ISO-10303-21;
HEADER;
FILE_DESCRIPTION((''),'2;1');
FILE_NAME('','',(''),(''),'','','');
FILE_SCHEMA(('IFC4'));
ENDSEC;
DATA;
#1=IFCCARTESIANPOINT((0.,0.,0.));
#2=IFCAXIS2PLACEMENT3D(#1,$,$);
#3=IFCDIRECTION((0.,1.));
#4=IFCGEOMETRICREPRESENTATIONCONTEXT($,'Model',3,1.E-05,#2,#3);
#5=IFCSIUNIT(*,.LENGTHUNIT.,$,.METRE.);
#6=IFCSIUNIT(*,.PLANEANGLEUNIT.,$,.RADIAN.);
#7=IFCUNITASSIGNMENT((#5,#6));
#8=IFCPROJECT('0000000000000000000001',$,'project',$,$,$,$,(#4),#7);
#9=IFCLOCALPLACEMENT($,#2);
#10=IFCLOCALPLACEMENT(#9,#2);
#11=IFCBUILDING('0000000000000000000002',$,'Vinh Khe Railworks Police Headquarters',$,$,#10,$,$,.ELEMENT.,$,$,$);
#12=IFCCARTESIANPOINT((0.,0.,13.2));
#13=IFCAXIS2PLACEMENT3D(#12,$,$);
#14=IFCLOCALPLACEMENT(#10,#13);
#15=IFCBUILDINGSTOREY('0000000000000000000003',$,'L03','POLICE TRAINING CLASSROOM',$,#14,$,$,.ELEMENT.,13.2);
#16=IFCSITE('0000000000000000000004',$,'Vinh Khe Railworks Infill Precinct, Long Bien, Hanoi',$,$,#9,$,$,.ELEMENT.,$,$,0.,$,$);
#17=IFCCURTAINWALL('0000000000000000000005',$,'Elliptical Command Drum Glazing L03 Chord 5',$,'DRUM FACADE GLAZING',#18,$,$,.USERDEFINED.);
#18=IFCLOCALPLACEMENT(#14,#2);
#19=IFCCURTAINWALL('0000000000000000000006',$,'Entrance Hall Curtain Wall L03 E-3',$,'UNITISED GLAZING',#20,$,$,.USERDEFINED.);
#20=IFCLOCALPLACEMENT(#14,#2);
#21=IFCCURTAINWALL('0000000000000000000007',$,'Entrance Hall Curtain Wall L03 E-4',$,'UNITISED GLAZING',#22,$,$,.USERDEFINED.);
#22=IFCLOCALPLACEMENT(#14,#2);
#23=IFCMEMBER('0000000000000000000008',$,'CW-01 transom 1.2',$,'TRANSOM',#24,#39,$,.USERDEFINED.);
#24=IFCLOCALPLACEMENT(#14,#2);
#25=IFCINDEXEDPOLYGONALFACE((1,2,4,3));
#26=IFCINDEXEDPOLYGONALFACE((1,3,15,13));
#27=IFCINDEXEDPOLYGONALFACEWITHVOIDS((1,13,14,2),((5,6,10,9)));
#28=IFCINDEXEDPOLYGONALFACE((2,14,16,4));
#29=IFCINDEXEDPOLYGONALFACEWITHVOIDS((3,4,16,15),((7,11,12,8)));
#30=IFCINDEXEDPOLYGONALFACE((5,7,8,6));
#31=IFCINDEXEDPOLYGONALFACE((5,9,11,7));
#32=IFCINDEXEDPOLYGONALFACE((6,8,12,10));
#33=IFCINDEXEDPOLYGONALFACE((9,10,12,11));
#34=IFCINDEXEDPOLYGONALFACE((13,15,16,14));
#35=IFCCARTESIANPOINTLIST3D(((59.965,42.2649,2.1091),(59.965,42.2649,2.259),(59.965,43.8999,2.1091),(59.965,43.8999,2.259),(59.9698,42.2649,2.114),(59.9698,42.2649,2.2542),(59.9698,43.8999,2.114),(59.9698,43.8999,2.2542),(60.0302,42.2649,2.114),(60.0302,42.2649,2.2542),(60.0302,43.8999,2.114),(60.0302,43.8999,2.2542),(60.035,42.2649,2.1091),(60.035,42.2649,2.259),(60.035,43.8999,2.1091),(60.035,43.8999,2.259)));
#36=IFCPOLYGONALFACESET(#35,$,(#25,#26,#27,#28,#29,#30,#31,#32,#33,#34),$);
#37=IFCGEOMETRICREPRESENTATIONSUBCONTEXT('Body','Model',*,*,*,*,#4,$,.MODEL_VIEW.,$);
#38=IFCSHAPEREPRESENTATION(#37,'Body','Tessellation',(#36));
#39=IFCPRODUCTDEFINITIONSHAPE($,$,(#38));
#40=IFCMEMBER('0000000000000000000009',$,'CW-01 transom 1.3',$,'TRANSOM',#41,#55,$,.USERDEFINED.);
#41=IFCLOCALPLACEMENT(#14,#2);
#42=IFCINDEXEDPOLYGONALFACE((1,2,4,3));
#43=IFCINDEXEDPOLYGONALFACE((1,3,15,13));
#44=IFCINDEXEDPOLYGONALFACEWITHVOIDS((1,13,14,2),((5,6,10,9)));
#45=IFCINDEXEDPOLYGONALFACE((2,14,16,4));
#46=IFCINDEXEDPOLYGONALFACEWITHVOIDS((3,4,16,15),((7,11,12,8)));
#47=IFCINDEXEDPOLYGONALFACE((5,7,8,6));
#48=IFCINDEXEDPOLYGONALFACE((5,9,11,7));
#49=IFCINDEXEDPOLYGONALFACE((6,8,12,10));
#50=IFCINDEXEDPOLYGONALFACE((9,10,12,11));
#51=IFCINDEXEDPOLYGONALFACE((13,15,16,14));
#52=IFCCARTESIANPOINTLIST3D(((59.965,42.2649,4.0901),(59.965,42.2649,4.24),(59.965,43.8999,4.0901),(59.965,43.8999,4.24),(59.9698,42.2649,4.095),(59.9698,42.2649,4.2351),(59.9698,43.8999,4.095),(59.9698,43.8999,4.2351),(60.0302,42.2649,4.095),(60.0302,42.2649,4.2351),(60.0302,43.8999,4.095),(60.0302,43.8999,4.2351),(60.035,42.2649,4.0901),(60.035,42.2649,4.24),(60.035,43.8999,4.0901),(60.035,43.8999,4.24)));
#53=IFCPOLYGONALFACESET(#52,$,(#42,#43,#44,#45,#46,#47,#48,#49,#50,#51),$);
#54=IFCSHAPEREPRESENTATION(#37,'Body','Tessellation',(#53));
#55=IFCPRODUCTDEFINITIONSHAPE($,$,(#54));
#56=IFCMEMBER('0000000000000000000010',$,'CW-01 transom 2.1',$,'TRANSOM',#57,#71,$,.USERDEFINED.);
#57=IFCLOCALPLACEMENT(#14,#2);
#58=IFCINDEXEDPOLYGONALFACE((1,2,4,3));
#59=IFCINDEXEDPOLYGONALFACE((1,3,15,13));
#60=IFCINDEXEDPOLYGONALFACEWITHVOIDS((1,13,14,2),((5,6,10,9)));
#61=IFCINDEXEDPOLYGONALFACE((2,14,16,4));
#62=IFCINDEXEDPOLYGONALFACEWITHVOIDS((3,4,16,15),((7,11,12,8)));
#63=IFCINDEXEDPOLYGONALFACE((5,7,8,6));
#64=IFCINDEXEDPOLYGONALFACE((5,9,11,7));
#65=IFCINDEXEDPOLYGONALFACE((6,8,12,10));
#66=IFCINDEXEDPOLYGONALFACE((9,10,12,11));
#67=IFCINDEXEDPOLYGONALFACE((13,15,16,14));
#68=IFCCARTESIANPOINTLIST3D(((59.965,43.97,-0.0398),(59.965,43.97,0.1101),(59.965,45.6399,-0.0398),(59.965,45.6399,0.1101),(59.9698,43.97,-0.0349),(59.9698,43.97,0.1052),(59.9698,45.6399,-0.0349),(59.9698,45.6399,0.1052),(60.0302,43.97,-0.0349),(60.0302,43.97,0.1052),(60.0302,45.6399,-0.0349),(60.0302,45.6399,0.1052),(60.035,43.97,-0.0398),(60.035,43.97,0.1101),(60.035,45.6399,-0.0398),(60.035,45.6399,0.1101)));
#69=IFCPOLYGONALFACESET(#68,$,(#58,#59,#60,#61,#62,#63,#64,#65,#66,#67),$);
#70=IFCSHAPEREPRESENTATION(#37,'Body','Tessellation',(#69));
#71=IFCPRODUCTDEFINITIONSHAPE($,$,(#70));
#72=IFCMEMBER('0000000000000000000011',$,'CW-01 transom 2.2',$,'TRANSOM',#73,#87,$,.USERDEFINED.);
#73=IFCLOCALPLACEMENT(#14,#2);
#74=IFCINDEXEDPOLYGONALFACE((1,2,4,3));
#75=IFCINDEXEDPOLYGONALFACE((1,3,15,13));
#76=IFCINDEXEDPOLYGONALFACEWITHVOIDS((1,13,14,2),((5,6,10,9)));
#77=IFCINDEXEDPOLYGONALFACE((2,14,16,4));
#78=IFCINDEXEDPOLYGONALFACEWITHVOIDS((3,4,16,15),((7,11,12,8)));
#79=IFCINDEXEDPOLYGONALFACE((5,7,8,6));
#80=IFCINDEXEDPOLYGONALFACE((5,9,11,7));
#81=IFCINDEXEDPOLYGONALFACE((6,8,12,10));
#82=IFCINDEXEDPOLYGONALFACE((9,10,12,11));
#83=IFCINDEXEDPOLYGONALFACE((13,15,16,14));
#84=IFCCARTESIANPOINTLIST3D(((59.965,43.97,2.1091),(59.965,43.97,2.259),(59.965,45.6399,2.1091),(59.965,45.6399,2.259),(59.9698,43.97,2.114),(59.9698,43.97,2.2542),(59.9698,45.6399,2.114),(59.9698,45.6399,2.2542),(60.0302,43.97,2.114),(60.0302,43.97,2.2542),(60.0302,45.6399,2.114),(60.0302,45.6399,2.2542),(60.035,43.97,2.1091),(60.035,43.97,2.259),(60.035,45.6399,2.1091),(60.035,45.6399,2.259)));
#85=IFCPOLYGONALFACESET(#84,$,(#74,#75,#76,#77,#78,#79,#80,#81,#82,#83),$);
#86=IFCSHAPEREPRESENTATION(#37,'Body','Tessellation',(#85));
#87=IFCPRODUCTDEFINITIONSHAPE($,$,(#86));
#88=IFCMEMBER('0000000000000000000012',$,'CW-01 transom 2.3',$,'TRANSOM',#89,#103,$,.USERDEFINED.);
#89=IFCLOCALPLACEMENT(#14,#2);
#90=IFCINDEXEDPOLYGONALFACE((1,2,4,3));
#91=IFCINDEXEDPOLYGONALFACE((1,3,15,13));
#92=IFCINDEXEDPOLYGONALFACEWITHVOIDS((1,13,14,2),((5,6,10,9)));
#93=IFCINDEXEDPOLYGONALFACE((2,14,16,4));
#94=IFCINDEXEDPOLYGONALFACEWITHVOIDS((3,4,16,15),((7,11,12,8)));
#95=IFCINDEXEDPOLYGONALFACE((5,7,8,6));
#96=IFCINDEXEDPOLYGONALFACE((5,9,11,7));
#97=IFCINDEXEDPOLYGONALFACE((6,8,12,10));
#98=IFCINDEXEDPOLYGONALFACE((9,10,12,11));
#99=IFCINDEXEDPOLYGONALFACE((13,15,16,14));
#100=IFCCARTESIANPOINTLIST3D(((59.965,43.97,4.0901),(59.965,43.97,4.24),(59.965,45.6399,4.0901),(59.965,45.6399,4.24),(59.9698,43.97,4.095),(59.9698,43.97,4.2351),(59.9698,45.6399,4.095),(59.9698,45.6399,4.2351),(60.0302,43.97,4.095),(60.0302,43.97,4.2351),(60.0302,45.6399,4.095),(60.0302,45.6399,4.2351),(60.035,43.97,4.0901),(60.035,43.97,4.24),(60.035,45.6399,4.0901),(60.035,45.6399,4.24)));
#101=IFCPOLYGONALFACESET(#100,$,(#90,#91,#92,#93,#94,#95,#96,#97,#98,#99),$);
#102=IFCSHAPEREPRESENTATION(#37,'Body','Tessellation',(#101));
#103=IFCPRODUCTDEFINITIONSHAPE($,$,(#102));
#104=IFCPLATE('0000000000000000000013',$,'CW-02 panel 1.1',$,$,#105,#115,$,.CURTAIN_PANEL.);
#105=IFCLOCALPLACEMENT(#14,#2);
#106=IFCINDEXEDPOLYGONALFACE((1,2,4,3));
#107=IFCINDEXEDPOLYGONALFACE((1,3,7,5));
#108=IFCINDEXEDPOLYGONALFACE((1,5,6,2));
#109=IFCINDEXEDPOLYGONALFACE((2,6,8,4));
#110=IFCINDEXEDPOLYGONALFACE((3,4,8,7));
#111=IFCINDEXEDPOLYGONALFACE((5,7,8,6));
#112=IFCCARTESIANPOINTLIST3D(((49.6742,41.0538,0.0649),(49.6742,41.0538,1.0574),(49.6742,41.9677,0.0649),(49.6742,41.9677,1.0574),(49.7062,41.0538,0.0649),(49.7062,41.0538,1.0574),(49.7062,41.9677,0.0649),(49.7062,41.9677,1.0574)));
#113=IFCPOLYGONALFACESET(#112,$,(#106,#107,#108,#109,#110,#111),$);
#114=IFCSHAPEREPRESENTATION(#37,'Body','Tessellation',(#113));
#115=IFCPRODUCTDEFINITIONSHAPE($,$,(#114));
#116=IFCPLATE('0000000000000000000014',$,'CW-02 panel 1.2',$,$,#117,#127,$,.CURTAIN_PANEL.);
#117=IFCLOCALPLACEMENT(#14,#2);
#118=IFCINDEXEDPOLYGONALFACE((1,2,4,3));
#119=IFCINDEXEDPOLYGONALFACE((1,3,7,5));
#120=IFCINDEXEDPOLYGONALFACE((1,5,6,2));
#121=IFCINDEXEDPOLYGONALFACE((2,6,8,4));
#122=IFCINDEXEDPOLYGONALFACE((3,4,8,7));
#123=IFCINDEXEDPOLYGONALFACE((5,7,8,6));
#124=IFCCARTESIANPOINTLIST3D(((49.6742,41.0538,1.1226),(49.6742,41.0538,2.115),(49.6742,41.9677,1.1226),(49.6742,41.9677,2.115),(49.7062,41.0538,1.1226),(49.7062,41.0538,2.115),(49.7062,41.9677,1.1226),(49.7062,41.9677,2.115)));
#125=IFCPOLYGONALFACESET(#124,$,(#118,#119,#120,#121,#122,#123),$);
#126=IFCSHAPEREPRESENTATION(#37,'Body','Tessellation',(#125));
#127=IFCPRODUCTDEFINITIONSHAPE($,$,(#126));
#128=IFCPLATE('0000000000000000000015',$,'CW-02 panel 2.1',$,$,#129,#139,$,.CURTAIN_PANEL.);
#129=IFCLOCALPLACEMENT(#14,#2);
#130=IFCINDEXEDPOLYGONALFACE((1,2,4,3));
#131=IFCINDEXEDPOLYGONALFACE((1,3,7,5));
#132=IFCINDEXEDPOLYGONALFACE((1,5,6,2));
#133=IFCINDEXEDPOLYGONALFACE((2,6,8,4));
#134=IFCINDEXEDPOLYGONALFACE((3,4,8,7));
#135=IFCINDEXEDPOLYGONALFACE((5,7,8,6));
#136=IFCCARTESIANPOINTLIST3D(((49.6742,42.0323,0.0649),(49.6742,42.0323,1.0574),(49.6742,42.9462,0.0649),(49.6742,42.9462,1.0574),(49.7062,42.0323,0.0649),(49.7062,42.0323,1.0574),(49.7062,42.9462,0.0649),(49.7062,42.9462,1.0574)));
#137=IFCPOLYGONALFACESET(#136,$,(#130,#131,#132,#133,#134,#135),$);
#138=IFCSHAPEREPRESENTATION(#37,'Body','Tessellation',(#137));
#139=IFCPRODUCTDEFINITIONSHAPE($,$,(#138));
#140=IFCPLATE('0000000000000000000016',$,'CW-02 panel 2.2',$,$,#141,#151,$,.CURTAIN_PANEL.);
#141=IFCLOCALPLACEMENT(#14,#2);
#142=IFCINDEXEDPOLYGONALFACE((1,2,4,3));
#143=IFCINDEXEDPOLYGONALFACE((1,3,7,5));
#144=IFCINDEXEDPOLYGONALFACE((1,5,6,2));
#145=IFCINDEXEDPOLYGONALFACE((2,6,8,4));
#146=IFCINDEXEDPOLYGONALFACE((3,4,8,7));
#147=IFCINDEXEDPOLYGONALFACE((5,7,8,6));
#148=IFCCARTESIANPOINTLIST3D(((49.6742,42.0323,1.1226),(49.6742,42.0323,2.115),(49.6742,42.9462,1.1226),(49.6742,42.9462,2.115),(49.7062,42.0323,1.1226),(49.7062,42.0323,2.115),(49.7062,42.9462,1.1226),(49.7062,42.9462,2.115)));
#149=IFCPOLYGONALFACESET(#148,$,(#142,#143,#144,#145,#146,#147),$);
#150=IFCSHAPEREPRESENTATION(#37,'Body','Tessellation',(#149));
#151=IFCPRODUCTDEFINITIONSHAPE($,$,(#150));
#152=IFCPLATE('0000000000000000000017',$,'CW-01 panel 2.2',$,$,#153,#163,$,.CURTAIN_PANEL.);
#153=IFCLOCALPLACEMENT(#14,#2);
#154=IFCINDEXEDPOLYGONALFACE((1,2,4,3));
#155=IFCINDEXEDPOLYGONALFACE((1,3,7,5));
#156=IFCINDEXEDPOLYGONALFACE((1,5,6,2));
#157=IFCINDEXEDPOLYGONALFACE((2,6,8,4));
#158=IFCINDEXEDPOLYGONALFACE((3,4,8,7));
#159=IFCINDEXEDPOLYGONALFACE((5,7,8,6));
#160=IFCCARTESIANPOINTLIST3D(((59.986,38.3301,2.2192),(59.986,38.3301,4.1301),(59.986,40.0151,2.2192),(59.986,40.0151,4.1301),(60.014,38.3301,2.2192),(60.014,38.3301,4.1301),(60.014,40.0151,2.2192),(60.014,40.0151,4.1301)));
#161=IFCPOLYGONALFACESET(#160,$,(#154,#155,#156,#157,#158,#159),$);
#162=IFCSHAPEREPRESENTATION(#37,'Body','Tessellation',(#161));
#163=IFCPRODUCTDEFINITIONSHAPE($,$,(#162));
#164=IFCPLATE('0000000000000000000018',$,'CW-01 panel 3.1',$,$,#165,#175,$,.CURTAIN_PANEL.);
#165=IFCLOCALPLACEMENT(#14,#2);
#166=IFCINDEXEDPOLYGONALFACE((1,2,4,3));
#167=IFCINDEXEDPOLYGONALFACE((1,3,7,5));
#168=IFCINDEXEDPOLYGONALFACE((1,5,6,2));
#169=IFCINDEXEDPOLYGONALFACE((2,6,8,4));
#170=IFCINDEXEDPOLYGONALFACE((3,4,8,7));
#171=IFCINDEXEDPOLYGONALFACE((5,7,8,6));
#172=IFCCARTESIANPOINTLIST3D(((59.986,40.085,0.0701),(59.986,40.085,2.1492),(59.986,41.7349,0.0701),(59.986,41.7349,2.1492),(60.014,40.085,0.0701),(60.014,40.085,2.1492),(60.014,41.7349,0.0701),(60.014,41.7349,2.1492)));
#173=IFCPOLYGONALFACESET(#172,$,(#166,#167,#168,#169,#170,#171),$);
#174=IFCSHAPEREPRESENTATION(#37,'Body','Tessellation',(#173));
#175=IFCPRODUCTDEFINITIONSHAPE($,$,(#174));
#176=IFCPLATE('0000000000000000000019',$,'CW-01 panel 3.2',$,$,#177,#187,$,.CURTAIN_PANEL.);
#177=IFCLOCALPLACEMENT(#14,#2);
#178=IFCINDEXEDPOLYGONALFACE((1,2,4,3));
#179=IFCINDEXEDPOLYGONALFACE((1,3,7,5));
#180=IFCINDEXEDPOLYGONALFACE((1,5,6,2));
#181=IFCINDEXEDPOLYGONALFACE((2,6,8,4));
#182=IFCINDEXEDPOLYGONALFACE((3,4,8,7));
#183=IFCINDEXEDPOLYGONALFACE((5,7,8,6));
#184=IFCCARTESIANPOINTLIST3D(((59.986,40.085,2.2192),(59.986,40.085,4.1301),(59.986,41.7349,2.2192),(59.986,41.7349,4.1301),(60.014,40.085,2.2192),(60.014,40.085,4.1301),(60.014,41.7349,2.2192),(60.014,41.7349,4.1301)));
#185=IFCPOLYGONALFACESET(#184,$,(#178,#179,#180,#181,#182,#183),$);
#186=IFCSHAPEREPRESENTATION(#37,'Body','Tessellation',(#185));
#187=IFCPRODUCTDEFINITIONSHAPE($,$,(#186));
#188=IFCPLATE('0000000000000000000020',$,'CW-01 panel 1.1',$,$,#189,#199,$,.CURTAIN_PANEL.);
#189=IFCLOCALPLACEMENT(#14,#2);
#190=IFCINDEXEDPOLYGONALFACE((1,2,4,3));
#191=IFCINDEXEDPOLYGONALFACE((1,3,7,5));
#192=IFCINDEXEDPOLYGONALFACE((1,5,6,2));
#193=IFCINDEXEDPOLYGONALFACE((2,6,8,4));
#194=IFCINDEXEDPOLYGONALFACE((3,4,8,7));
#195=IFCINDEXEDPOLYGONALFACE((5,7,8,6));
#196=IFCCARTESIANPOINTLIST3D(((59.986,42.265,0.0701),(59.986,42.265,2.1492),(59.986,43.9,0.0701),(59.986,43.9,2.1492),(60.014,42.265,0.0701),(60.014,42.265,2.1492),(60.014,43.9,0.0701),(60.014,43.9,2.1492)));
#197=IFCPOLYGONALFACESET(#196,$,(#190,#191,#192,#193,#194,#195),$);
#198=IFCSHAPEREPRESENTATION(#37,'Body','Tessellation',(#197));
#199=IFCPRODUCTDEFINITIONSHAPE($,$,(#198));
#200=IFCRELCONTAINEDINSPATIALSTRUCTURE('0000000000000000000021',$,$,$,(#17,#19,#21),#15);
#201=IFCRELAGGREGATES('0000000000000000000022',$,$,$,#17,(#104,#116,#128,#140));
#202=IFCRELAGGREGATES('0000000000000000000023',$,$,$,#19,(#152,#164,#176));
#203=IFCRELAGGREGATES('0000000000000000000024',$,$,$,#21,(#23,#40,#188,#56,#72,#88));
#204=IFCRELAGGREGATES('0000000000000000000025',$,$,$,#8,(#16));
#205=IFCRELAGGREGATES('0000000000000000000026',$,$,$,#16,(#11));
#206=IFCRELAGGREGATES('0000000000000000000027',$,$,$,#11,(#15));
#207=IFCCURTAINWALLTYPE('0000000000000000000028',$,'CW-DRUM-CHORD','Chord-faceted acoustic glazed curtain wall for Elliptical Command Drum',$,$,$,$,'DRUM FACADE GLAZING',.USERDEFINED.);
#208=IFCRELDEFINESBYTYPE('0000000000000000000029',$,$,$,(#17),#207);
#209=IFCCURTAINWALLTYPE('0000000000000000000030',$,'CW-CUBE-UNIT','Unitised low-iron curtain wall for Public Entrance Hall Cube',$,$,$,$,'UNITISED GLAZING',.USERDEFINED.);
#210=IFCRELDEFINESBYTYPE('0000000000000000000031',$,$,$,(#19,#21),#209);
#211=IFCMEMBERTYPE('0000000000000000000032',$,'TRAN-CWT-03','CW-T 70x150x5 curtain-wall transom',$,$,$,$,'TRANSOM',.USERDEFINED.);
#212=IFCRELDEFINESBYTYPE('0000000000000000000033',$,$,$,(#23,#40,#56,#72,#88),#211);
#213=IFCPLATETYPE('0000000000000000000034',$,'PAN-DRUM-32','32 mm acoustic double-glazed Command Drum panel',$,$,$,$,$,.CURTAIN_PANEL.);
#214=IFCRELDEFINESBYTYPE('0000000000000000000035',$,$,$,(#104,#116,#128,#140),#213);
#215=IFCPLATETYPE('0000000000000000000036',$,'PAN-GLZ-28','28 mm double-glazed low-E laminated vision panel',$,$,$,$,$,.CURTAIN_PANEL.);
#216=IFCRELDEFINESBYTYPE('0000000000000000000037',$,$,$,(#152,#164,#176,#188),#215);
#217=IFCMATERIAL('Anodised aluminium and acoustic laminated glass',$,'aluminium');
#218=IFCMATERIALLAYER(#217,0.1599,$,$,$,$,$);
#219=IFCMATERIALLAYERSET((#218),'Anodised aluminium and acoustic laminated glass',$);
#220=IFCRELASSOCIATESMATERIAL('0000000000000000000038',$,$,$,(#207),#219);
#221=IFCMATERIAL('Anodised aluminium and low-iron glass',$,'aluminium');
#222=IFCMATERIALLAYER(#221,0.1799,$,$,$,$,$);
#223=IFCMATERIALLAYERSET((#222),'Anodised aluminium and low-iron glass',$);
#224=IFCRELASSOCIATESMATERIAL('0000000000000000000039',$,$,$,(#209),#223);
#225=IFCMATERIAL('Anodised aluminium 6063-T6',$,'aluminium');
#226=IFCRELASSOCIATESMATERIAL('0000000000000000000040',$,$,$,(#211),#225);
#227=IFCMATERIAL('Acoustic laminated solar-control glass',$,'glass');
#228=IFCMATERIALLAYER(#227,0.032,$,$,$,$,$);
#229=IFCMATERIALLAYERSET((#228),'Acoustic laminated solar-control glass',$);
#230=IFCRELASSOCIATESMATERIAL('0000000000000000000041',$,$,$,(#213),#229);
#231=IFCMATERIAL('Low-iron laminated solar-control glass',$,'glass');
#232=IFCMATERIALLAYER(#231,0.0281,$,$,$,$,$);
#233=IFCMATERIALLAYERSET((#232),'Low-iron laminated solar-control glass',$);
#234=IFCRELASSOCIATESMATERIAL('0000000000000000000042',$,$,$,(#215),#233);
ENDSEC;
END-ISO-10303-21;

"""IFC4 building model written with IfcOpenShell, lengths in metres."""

from ifc_helpers import new_model, si_unit, direction, frame, origin, origin_2d, place, context, subcontext, project, spatial, rectangle, hollow_rectangle, extrude, material, layer, layer_set, material_profile, profile_set, type_object, element, aggregate, save


model = new_model("IFC4")

# Units and contexts
model_context = context("Model", 3, precision=1e-05, world=origin(), true_north=direction((0.0, 1.0)))
body_context = subcontext(model_context, "Body", "Model", "MODEL_VIEW")
ifc_project = project(units=[si_unit("LENGTHUNIT", "METRE"), si_unit("PLANEANGLEUNIT", "RADIAN")], contexts=[model_context])

# Site, building, storey
site_placement = place(None, origin())
site = spatial("IfcSite", under=ifc_project, at=site_placement, Name="Vinh Khe Railworks Infill Precinct, Long Bien, Hanoi", CompositionType="ELEMENT", RefElevation=0.0)
building_placement = place(site_placement, origin())
building = spatial("IfcBuilding", under=site, at=building_placement, Name="Vinh Khe Railworks Police Headquarters", CompositionType="ELEMENT")
storey_placement = place(building_placement, frame((0.0, 0.0, 13.2)))
storey = spatial("IfcBuildingStorey", under=building, at=storey_placement, Name="L03", Description="POLICE TRAINING CLASSROOM", CompositionType="ELEMENT", Elevation=13.2)

# Curtain walls
ifc_material_1 = material(Name="Anodised aluminium and acoustic laminated glass", Category="aluminium")
ifc_layer_1 = layer(ifc_material_1, 0.1599)
ifc_layer_set_1 = layer_set([ifc_layer_1], Name="Anodised aluminium and acoustic laminated glass")
curtain_wall_type_1 = type_object("IfcCurtainWallType", Name="CW-DRUM-CHORD", Description="Chord-faceted acoustic glazed curtain wall for Elliptical Command Drum", ElementType="DRUM FACADE GLAZING", PredefinedType="USERDEFINED", material=ifc_layer_set_1)
curtain_wall_1_placement = place(storey_placement, origin())
curtain_wall_1 = element("IfcCurtainWall", 1, at=curtain_wall_1_placement, inside=storey, type_object=curtain_wall_type_1, Name="Elliptical Command Drum Glazing L03 Chord 5", ObjectType="DRUM FACADE GLAZING", PredefinedType="USERDEFINED")
ifc_material_2 = material(Name="Anodised aluminium 6063-T6", Category="aluminium")
ifc_material_3 = material(Name="Anodised aluminium and low-iron glass", Category="aluminium")
ifc_layer_2 = layer(ifc_material_3, 0.1799)
ifc_layer_set_2 = layer_set([ifc_layer_2], Name="Anodised aluminium and low-iron glass")
curtain_wall_type_2 = type_object("IfcCurtainWallType", Name="CW-CUBE-UNIT", Description="Unitised low-iron curtain wall for Public Entrance Hall Cube", ElementType="UNITISED GLAZING", PredefinedType="USERDEFINED", material=ifc_layer_set_2)
curtain_wall_2_placement = place(storey_placement, origin())
curtain_wall_2 = element("IfcCurtainWall", 2, at=curtain_wall_2_placement, inside=storey, type_object=curtain_wall_type_2, Name="Entrance Hall Curtain Wall L03 E-3", ObjectType="UNITISED GLAZING", PredefinedType="USERDEFINED")
curtain_wall_3_placement = place(storey_placement, origin())
curtain_wall_3 = element("IfcCurtainWall", 3, at=curtain_wall_3_placement, inside=storey, type_object=curtain_wall_type_2, Name="Entrance Hall Curtain Wall L03 E-4", ObjectType="UNITISED GLAZING", PredefinedType="USERDEFINED")

# Members
ifc_material_profile_1 = material_profile(ifc_material_2, hollow_rectangle(XDim=0.0701, YDim=0.1499, WallThickness=0.0049, at=origin_2d()), Name="CW-T 70x150x5")
ifc_profile_set_1 = profile_set([ifc_material_profile_1], Name="Anodised aluminium 6063-T6")
member_type_1 = type_object("IfcMemberType", Name="TRAN-CWT-03", Description="CW-T 70x150x5 curtain-wall transom", ElementType="TRANSOM", PredefinedType="USERDEFINED", material=ifc_profile_set_1)
member_1_placement = place(storey_placement, frame((60.0, 42.2649, 2.1841), z_axis=(0.0, 1.0, 0.0), x_axis=(-1.0, 0.0, 0.0)))
member_1 = element("IfcMember", 4, at=member_1_placement, type_object=member_type_1, Name="CW-01 transom 1.2", ObjectType="TRANSOM", PredefinedType="USERDEFINED", context=body_context, shape_type="SweptSolid", body=[
    extrude(hollow_rectangle(XDim=0.0701, YDim=0.1499, WallThickness=0.0049, at=origin_2d()), origin(), (0.0, 0.0, 1.0), 1.635),
])
member_2_placement = place(storey_placement, frame((60.0, 42.2649, 4.165), z_axis=(0.0, 1.0, 0.0), x_axis=(-1.0, 0.0, 0.0)))
member_2 = element("IfcMember", 5, at=member_2_placement, type_object=member_type_1, Name="CW-01 transom 1.3", ObjectType="TRANSOM", PredefinedType="USERDEFINED", context=body_context, shape_type="SweptSolid", body=[
    extrude(hollow_rectangle(XDim=0.0701, YDim=0.1499, WallThickness=0.0049, at=origin_2d()), origin(), (0.0, 0.0, 1.0), 1.635),
])
member_3_placement = place(storey_placement, frame((60.0, 43.97, 0.0352), z_axis=(0.0, 1.0, 0.0), x_axis=(-1.0, 0.0, 0.0)))
member_3 = element("IfcMember", 6, at=member_3_placement, type_object=member_type_1, Name="CW-01 transom 2.1", ObjectType="TRANSOM", PredefinedType="USERDEFINED", context=body_context, shape_type="SweptSolid", body=[
    extrude(hollow_rectangle(XDim=0.0701, YDim=0.1499, WallThickness=0.0049, at=origin_2d()), origin(), (0.0, 0.0, 1.0), 1.6699),
])
member_4_placement = place(storey_placement, frame((60.0, 43.97, 2.1841), z_axis=(0.0, 1.0, 0.0), x_axis=(-1.0, 0.0, 0.0)))
member_4 = element("IfcMember", 7, at=member_4_placement, type_object=member_type_1, Name="CW-01 transom 2.2", ObjectType="TRANSOM", PredefinedType="USERDEFINED", context=body_context, shape_type="SweptSolid", body=[
    extrude(hollow_rectangle(XDim=0.0701, YDim=0.1499, WallThickness=0.0049, at=origin_2d()), origin(), (0.0, 0.0, 1.0), 1.6699),
])
member_5_placement = place(storey_placement, frame((60.0, 43.97, 4.165), z_axis=(0.0, 1.0, 0.0), x_axis=(-1.0, 0.0, 0.0)))
member_5 = element("IfcMember", 8, at=member_5_placement, type_object=member_type_1, Name="CW-01 transom 2.3", ObjectType="TRANSOM", PredefinedType="USERDEFINED", context=body_context, shape_type="SweptSolid", body=[
    extrude(hollow_rectangle(XDim=0.0701, YDim=0.1499, WallThickness=0.0049, at=origin_2d()), origin(), (0.0, 0.0, 1.0), 1.6699),
])

# Plates
ifc_material_4 = material(Name="Acoustic laminated solar-control glass", Category="glass")
ifc_layer_3 = layer(ifc_material_4, 0.032)
ifc_layer_set_3 = layer_set([ifc_layer_3], Name="Acoustic laminated solar-control glass")
plate_type_1 = type_object("IfcPlateType", Name="PAN-DRUM-32", Description="32 mm acoustic double-glazed Command Drum panel", PredefinedType="CURTAIN_PANEL", material=ifc_layer_set_3)
plate_1_placement = place(storey_placement, frame((49.6902, 41.5107, 0.0649), z_axis=(0.0, 0.0, 1.0), x_axis=(0.0, 1.0, 0.0)))
plate_1 = element("IfcPlate", 9, at=plate_1_placement, type_object=plate_type_1, Name="CW-02 panel 1.1", PredefinedType="CURTAIN_PANEL", context=body_context, shape_type="SweptSolid", body=[
    extrude(rectangle(XDim=0.9138, YDim=0.032, at=origin_2d()), origin(), (0.0, 0.0, 1.0), 0.9924),
])
plate_2_placement = place(storey_placement, frame((49.6902, 41.5107, 1.1226), z_axis=(0.0, 0.0, 1.0), x_axis=(0.0, 1.0, 0.0)))
plate_2 = element("IfcPlate", 10, at=plate_2_placement, type_object=plate_type_1, Name="CW-02 panel 1.2", PredefinedType="CURTAIN_PANEL", context=body_context, shape_type="SweptSolid", body=[
    extrude(rectangle(XDim=0.9138, YDim=0.032, at=origin_2d()), origin(), (0.0, 0.0, 1.0), 0.9924),
])
plate_3_placement = place(storey_placement, frame((49.6902, 42.4893, 0.0649), z_axis=(0.0, 0.0, 1.0), x_axis=(0.0, 1.0, 0.0)))
plate_3 = element("IfcPlate", 11, at=plate_3_placement, type_object=plate_type_1, Name="CW-02 panel 2.1", PredefinedType="CURTAIN_PANEL", context=body_context, shape_type="SweptSolid", body=[
    extrude(rectangle(XDim=0.9138, YDim=0.032, at=origin_2d()), origin(), (0.0, 0.0, 1.0), 0.9924),
])
plate_4_placement = place(storey_placement, frame((49.6902, 42.4893, 1.1226), z_axis=(0.0, 0.0, 1.0), x_axis=(0.0, 1.0, 0.0)))
plate_4 = element("IfcPlate", 12, at=plate_4_placement, type_object=plate_type_1, Name="CW-02 panel 2.2", PredefinedType="CURTAIN_PANEL", context=body_context, shape_type="SweptSolid", body=[
    extrude(rectangle(XDim=0.9138, YDim=0.032, at=origin_2d()), origin(), (0.0, 0.0, 1.0), 0.9924),
])
aggregate(curtain_wall_1, [plate_1, plate_2, plate_3, plate_4])
ifc_material_5 = material(Name="Low-iron laminated solar-control glass", Category="glass")
ifc_layer_4 = layer(ifc_material_5, 0.0281)
ifc_layer_set_4 = layer_set([ifc_layer_4], Name="Low-iron laminated solar-control glass")
plate_type_2 = type_object("IfcPlateType", Name="PAN-GLZ-28", Description="28 mm double-glazed low-E laminated vision panel", PredefinedType="CURTAIN_PANEL", material=ifc_layer_set_4)
plate_5_placement = place(storey_placement, frame((60.0, 39.1726, 2.2192), z_axis=(0.0, 0.0, 1.0), x_axis=(0.0, 1.0, 0.0)))
plate_5 = element("IfcPlate", 13, at=plate_5_placement, type_object=plate_type_2, Name="CW-01 panel 2.2", PredefinedType="CURTAIN_PANEL", context=body_context, shape_type="SweptSolid", body=[
    extrude(rectangle(XDim=1.6851, YDim=0.0281, at=origin_2d()), origin(), (0.0, 0.0, 1.0), 1.9109),
])
plate_6_placement = place(storey_placement, frame((60.0, 40.9099, 0.0701), z_axis=(0.0, 0.0, 1.0), x_axis=(0.0, 1.0, 0.0)))
plate_6 = element("IfcPlate", 14, at=plate_6_placement, type_object=plate_type_2, Name="CW-01 panel 3.1", PredefinedType="CURTAIN_PANEL", context=body_context, shape_type="SweptSolid", body=[
    extrude(rectangle(XDim=1.6499, YDim=0.0281, at=origin_2d()), origin(), (0.0, 0.0, 1.0), 2.0791),
])
plate_7_placement = place(storey_placement, frame((60.0, 40.9099, 2.2192), z_axis=(0.0, 0.0, 1.0), x_axis=(0.0, 1.0, 0.0)))
plate_7 = element("IfcPlate", 15, at=plate_7_placement, type_object=plate_type_2, Name="CW-01 panel 3.2", PredefinedType="CURTAIN_PANEL", context=body_context, shape_type="SweptSolid", body=[
    extrude(rectangle(XDim=1.6499, YDim=0.0281, at=origin_2d()), origin(), (0.0, 0.0, 1.0), 1.9109),
])
aggregate(curtain_wall_2, [plate_5, plate_6, plate_7])
plate_8_placement = place(storey_placement, frame((60.0, 43.0825, 0.0701), z_axis=(0.0, 0.0, 1.0), x_axis=(0.0, 1.0, 0.0)))
plate_8 = element("IfcPlate", 16, at=plate_8_placement, type_object=plate_type_2, Name="CW-01 panel 1.1", PredefinedType="CURTAIN_PANEL", context=body_context, shape_type="SweptSolid", body=[
    extrude(rectangle(XDim=1.635, YDim=0.0281, at=origin_2d()), origin(), (0.0, 0.0, 1.0), 2.0791),
])
aggregate(curtain_wall_3, [member_1, member_2, plate_8, member_3, member_4, member_5])

save(model, "model.ifc")
